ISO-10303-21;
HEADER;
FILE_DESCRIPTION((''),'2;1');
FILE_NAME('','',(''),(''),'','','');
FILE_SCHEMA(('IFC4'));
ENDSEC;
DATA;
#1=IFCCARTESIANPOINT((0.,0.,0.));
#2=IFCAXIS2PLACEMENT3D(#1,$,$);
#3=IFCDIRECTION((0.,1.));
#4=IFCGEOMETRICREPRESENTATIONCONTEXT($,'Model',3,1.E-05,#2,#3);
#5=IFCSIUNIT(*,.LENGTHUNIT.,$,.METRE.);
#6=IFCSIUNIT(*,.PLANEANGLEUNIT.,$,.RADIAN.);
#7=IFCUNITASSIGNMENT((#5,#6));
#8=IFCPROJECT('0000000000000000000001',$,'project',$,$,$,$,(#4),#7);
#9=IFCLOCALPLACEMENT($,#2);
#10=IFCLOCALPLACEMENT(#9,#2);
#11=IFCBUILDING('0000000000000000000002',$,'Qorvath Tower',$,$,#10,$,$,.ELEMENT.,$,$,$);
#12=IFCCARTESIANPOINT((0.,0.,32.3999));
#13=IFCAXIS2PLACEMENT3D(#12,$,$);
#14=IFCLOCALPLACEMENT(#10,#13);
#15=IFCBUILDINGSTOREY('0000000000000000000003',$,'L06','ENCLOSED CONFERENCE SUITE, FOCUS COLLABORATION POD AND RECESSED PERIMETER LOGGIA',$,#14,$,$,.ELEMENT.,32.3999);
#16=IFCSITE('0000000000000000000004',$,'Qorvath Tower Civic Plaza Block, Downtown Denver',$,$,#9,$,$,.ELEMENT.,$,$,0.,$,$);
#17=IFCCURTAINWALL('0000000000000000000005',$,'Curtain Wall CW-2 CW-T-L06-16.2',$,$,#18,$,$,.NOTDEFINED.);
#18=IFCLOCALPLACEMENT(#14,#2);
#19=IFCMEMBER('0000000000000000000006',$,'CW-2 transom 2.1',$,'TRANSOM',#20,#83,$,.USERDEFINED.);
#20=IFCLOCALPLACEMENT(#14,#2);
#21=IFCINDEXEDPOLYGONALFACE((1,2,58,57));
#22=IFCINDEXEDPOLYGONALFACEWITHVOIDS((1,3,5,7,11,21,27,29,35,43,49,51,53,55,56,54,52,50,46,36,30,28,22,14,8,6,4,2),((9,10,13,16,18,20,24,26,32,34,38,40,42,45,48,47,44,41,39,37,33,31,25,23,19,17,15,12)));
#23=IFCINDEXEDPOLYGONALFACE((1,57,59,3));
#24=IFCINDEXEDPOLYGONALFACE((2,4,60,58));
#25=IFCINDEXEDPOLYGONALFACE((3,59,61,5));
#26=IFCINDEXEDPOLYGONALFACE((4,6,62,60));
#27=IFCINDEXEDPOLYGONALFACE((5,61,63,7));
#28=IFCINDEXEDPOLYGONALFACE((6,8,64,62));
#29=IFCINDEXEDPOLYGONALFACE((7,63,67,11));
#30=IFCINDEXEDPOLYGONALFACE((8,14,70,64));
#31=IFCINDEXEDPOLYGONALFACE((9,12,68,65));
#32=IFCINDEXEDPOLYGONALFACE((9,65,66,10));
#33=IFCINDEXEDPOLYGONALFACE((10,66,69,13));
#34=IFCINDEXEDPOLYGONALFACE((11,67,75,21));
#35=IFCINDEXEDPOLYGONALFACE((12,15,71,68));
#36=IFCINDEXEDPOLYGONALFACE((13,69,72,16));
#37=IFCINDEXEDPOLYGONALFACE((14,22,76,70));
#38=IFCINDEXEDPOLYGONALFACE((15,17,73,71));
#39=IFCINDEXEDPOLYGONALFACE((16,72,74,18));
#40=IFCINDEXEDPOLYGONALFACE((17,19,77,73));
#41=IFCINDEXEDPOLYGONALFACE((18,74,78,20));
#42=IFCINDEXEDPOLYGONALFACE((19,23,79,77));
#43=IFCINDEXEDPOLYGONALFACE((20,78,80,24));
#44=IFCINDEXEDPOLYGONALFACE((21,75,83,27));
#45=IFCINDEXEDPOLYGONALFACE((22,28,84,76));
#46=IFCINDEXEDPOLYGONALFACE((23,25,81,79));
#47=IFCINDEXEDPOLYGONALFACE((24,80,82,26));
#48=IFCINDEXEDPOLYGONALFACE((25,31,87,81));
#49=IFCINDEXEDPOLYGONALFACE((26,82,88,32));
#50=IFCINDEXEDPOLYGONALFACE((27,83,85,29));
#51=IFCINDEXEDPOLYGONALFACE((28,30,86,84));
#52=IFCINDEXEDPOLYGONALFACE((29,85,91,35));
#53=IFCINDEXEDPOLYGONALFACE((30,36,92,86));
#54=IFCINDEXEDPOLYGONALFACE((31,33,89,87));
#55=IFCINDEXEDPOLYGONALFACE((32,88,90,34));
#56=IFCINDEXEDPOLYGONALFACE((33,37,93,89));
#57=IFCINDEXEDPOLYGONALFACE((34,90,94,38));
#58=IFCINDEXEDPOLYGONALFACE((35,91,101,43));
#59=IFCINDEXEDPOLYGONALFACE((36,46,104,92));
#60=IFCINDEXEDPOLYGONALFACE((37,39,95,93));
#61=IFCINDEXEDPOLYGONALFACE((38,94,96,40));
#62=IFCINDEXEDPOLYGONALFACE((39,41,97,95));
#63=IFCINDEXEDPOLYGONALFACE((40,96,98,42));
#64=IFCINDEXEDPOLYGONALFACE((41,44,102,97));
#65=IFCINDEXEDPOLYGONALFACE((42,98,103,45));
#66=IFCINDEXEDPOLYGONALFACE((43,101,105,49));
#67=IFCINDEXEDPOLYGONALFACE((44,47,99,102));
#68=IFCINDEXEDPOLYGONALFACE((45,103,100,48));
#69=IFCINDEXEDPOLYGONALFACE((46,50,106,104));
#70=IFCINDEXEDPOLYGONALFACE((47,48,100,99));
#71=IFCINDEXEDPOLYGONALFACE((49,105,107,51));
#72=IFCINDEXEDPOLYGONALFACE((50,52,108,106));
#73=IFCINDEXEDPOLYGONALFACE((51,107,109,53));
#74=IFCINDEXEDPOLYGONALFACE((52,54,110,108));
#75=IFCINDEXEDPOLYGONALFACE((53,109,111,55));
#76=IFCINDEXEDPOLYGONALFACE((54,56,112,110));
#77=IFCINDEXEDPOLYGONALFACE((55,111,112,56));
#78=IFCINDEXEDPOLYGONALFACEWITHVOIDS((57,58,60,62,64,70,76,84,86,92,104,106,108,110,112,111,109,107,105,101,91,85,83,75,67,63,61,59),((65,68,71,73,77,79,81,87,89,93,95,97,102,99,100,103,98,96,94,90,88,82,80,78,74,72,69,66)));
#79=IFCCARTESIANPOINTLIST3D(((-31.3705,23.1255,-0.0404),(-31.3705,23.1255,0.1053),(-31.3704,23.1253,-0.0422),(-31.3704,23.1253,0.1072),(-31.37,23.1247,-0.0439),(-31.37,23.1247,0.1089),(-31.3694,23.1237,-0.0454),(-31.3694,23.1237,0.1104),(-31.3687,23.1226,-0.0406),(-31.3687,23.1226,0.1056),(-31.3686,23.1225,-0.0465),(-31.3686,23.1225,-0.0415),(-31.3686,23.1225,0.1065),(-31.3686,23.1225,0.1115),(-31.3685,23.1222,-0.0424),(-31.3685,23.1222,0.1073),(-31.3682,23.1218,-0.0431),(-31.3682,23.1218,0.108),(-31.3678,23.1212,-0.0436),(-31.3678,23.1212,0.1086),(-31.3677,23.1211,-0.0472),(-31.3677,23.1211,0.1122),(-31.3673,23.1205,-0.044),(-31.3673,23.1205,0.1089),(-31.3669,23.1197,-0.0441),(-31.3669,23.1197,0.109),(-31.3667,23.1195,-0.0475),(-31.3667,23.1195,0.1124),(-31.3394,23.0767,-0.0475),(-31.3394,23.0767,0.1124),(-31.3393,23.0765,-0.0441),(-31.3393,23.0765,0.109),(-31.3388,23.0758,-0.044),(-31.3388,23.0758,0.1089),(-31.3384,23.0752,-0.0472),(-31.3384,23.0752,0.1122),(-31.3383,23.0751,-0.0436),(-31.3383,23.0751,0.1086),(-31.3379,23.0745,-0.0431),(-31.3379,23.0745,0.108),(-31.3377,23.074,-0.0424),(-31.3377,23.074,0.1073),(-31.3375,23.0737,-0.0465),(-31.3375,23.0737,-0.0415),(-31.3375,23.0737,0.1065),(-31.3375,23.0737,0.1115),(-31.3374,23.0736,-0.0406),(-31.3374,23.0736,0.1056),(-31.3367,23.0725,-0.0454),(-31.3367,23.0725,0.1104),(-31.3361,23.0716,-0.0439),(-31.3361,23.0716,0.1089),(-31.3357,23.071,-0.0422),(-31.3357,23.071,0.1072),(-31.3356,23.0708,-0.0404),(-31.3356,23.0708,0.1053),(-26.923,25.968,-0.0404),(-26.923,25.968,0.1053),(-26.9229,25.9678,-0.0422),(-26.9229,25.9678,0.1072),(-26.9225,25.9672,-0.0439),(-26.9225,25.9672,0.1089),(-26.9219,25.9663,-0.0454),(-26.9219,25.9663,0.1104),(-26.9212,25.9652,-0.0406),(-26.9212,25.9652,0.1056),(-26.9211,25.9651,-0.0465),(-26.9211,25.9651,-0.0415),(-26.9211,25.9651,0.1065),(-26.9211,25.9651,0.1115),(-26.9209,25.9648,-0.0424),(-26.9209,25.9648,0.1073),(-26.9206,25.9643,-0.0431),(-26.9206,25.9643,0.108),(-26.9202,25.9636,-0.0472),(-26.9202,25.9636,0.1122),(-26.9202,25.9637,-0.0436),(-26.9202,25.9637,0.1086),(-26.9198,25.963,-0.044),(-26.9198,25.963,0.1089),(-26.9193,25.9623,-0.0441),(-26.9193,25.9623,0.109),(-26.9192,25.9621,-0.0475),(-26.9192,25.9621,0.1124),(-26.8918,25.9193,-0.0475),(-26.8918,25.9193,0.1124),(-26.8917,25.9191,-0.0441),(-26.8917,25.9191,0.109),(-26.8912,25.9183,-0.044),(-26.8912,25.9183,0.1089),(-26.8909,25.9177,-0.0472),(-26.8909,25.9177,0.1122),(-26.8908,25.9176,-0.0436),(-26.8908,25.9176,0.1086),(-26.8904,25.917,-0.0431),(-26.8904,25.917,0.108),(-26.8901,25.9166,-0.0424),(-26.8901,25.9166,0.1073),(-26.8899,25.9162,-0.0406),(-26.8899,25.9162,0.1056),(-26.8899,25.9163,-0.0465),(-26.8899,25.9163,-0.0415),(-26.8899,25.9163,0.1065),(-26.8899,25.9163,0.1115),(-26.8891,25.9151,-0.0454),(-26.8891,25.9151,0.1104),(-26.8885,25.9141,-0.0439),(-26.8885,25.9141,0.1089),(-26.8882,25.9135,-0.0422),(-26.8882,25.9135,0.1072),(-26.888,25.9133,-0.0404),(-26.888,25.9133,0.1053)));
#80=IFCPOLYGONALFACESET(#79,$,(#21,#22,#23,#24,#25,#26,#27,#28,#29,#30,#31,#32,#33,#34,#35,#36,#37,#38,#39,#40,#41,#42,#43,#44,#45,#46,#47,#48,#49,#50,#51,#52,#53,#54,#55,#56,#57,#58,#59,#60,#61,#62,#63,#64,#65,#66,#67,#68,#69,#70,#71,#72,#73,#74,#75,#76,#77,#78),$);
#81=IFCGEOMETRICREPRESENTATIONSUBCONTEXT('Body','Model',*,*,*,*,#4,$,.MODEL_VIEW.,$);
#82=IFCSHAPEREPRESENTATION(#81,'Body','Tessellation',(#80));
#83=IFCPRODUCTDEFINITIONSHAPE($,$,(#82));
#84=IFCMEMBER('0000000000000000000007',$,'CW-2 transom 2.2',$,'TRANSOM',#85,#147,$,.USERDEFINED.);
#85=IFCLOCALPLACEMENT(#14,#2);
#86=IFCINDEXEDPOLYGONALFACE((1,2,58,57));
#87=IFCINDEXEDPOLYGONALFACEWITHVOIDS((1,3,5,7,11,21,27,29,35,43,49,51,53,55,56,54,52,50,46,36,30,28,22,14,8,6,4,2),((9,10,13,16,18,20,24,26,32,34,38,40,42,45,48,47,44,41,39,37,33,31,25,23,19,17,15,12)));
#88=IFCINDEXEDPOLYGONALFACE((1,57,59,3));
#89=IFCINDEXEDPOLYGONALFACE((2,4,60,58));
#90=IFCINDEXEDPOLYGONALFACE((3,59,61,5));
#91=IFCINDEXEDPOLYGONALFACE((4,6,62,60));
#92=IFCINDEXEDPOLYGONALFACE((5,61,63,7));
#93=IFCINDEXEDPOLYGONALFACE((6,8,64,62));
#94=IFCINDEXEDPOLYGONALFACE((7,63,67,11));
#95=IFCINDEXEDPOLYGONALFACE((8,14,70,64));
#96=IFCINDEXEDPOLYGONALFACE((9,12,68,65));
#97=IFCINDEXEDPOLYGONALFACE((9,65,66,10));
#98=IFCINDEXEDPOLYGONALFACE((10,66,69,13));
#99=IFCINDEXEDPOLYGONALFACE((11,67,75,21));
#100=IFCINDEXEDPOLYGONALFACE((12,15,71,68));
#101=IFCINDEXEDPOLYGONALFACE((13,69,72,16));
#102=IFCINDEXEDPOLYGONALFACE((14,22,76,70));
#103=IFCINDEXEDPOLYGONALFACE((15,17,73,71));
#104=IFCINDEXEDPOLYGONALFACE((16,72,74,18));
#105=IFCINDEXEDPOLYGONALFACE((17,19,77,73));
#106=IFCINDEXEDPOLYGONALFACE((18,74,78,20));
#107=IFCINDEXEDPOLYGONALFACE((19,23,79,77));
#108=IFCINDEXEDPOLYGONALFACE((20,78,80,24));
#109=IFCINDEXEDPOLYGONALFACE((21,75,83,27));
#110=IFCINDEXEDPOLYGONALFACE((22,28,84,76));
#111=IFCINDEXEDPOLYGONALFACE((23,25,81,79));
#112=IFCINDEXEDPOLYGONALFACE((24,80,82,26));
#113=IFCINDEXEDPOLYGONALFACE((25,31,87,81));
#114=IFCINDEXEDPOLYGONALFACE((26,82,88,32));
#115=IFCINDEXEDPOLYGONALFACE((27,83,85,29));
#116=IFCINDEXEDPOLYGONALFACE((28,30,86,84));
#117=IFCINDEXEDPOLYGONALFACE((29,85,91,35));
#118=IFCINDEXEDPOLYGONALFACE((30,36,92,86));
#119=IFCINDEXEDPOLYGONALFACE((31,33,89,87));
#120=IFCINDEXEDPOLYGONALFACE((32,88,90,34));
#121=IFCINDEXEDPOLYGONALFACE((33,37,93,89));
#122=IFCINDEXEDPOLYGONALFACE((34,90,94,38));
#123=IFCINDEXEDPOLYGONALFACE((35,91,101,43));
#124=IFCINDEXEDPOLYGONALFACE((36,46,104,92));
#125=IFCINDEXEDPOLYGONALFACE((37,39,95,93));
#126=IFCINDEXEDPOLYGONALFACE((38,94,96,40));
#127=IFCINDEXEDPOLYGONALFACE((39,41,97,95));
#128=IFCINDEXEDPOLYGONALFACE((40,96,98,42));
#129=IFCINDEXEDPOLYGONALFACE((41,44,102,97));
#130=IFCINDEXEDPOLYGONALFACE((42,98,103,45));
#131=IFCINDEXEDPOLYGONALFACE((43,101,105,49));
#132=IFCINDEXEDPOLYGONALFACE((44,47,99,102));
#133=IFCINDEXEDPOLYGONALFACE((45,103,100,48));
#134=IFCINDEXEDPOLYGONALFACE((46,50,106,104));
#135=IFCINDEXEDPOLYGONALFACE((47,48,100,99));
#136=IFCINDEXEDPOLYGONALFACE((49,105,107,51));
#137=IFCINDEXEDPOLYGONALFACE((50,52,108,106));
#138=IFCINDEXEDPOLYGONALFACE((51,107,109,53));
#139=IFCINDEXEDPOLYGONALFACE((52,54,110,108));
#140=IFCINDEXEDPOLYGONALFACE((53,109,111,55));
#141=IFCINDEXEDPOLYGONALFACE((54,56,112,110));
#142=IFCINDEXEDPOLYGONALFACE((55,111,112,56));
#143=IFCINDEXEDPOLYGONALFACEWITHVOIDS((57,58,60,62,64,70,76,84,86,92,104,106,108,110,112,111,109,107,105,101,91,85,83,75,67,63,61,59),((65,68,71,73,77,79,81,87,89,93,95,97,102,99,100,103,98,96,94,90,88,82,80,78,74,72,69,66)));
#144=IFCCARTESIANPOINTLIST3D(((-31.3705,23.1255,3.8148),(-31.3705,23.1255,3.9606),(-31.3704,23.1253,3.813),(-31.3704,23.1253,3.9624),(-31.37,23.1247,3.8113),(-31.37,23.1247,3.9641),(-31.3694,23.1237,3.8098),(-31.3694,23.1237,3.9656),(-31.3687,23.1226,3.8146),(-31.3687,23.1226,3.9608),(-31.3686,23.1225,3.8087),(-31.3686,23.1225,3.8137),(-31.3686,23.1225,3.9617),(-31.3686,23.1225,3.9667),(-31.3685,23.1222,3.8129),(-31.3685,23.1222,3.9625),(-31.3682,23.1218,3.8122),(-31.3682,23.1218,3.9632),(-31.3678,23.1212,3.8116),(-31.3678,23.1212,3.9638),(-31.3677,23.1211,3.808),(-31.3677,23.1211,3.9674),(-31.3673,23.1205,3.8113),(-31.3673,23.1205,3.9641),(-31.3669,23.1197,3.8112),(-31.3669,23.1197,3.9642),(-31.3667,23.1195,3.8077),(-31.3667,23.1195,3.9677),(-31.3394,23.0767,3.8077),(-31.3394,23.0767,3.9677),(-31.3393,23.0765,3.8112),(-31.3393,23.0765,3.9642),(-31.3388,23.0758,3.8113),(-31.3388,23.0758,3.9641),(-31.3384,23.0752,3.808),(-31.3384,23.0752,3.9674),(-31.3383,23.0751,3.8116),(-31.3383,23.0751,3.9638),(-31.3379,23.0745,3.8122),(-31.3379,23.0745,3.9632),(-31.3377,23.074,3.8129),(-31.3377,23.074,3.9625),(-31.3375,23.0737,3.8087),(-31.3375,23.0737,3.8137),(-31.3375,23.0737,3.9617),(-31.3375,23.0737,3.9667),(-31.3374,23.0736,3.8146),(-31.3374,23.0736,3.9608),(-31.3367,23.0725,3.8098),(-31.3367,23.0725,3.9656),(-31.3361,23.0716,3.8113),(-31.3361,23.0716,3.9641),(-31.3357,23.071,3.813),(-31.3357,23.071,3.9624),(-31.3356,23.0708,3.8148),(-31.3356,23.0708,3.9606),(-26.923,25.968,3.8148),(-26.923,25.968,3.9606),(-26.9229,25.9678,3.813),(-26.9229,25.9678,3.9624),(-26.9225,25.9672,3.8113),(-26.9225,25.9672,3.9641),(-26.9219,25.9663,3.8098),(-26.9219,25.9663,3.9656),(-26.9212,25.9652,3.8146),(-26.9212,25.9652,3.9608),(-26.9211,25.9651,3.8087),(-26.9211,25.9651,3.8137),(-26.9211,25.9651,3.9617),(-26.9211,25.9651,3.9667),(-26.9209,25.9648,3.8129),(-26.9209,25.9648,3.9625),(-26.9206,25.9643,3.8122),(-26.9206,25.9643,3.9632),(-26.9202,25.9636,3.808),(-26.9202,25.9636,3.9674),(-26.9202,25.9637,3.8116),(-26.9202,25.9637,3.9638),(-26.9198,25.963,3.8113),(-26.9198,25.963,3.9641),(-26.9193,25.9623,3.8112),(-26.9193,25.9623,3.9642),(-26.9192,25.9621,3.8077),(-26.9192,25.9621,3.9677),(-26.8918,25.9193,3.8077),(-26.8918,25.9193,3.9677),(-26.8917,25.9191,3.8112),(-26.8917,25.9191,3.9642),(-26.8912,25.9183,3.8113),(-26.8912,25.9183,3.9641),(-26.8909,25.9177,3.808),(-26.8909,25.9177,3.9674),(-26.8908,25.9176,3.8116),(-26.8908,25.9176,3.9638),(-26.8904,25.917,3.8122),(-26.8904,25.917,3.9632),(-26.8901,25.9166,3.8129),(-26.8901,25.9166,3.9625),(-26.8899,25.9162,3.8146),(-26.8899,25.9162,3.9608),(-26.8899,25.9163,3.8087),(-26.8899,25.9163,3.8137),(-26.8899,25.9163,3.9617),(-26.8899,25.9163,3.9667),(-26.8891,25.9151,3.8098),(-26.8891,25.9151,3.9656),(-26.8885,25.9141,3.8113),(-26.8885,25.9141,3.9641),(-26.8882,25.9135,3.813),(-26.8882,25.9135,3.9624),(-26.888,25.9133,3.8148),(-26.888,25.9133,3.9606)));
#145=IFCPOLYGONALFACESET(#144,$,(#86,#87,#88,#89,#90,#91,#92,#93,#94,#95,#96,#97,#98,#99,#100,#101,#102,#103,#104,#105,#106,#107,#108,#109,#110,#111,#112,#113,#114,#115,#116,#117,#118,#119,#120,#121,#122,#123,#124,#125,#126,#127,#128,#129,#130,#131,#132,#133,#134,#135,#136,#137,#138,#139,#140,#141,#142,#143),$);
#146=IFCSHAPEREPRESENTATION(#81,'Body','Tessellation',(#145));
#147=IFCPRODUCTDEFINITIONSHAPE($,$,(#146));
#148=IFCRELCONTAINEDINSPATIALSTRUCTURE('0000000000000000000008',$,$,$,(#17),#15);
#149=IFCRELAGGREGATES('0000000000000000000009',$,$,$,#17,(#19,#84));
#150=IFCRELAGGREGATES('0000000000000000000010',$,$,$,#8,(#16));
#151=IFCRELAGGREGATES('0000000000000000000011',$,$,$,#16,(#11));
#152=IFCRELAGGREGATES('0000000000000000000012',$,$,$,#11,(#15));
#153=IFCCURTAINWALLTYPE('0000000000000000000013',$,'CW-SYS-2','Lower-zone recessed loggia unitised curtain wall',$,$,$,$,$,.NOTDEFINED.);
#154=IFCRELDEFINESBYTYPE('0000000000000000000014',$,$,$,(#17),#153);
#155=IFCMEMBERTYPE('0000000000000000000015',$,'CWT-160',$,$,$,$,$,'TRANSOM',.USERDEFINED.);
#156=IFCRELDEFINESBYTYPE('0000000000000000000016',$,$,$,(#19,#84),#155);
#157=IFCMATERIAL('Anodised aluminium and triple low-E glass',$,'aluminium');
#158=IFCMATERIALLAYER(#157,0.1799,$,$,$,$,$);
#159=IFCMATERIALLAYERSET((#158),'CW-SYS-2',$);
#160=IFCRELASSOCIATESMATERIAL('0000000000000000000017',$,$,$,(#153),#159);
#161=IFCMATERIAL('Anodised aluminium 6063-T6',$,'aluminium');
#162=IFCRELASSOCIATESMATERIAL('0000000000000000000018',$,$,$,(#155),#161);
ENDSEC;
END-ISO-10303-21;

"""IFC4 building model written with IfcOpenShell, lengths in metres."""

from ifc_helpers import new_model, si_unit, direction, frame, origin, origin_2d, place, context, subcontext, project, spatial, hollow_rectangle, extrude, material, layer, layer_set, material_profile, profile_set, type_object, element, aggregate, save


model = new_model("IFC4")

# Units and contexts
model_context = context("Model", 3, precision=1e-05, world=origin(), true_north=direction((0.0, 1.0)))
body_context = subcontext(model_context, "Body", "Model", "MODEL_VIEW")
ifc_project = project(units=[si_unit("LENGTHUNIT", "METRE"), si_unit("PLANEANGLEUNIT", "RADIAN")], contexts=[model_context])

# Site, building, storey
site_placement = place(None, origin())
site = spatial("IfcSite", under=ifc_project, at=site_placement, Name="Qorvath Tower Civic Plaza Block, Downtown Denver", CompositionType="ELEMENT", RefElevation=0.0)
building_placement = place(site_placement, origin())
building = spatial("IfcBuilding", under=site, at=building_placement, Name="Qorvath Tower", CompositionType="ELEMENT")
storey_placement = place(building_placement, frame((0.0, 0.0, 32.3999)))
storey = spatial("IfcBuildingStorey", under=building, at=storey_placement, Name="L06", Description="ENCLOSED CONFERENCE SUITE, FOCUS COLLABORATION POD AND RECESSED PERIMETER LOGGIA", CompositionType="ELEMENT", Elevation=32.3999)

# Shared definitions
ifc_material_1 = material(Name="Anodised aluminium and triple low-E glass", Category="aluminium")
ifc_layer_1 = layer(ifc_material_1, 0.1799)
ifc_layer_set_1 = layer_set([ifc_layer_1], Name="CW-SYS-2")
curtain_wall_type = type_object("IfcCurtainWallType", Name="CW-SYS-2", Description="Lower-zone recessed loggia unitised curtain wall", PredefinedType="NOTDEFINED", material=ifc_layer_set_1)

# Curtain wall, members
curtain_wall_1_placement = place(storey_placement, origin())
curtain_wall_1 = element("IfcCurtainWall", 1, at=curtain_wall_1_placement, inside=storey, type_object=curtain_wall_type, Name="Curtain Wall CW-2 CW-T-L06-16.2", PredefinedType="NOTDEFINED")
ifc_material_2 = material(Name="Anodised aluminium 6063-T6", Category="aluminium")
ifc_material_profile_1 = material_profile(ifc_material_2, hollow_rectangle(XDim=0.0649, YDim=0.1599, WallThickness=0.0034, InnerFilletRadius=0.0034, OuterFilletRadius=0.0071, at=origin_2d()), Name="CWT 160x65")
ifc_profile_set_1 = profile_set([ifc_material_profile_1], Name="Anodised aluminium 6063-T6")
member_type_1 = type_object("IfcMemberType", Name="CWT-160", ElementType="TRANSOM", PredefinedType="USERDEFINED", material=ifc_profile_set_1)
member_1_placement = place(storey_placement, frame((-26.9055, 25.9407, 0.0325), z_axis=(-0.842605, -0.538533, 0.0), x_axis=(0.538533, -0.842605, 0.0)))
member_1 = element("IfcMember", 2, at=member_1_placement, type_object=member_type_1, Name="CW-2 transom 2.1", ObjectType="TRANSOM", PredefinedType="USERDEFINED", context=body_context, shape_type="SweptSolid", body=[
    extrude(hollow_rectangle(XDim=0.0649, YDim=0.1599, WallThickness=0.0034, InnerFilletRadius=0.0034, OuterFilletRadius=0.0071, at=origin_2d()), origin(), (0.0, 0.0, 1.0), 5.2783),
])
member_2_placement = place(storey_placement, frame((-26.9055, 25.9407, 3.8877), z_axis=(-0.842605, -0.538533, 0.0), x_axis=(0.538533, -0.842605, 0.0)))
member_2 = element("IfcMember", 3, at=member_2_placement, type_object=member_type_1, Name="CW-2 transom 2.2", ObjectType="TRANSOM", PredefinedType="USERDEFINED", context=body_context, shape_type="SweptSolid", body=[
    extrude(hollow_rectangle(XDim=0.0649, YDim=0.1599, WallThickness=0.0034, InnerFilletRadius=0.0034, OuterFilletRadius=0.0071, at=origin_2d()), origin(), (0.0, 0.0, 1.0), 5.2783),
])
aggregate(curtain_wall_1, [member_1, member_2])

save(model, "model.ifc")
